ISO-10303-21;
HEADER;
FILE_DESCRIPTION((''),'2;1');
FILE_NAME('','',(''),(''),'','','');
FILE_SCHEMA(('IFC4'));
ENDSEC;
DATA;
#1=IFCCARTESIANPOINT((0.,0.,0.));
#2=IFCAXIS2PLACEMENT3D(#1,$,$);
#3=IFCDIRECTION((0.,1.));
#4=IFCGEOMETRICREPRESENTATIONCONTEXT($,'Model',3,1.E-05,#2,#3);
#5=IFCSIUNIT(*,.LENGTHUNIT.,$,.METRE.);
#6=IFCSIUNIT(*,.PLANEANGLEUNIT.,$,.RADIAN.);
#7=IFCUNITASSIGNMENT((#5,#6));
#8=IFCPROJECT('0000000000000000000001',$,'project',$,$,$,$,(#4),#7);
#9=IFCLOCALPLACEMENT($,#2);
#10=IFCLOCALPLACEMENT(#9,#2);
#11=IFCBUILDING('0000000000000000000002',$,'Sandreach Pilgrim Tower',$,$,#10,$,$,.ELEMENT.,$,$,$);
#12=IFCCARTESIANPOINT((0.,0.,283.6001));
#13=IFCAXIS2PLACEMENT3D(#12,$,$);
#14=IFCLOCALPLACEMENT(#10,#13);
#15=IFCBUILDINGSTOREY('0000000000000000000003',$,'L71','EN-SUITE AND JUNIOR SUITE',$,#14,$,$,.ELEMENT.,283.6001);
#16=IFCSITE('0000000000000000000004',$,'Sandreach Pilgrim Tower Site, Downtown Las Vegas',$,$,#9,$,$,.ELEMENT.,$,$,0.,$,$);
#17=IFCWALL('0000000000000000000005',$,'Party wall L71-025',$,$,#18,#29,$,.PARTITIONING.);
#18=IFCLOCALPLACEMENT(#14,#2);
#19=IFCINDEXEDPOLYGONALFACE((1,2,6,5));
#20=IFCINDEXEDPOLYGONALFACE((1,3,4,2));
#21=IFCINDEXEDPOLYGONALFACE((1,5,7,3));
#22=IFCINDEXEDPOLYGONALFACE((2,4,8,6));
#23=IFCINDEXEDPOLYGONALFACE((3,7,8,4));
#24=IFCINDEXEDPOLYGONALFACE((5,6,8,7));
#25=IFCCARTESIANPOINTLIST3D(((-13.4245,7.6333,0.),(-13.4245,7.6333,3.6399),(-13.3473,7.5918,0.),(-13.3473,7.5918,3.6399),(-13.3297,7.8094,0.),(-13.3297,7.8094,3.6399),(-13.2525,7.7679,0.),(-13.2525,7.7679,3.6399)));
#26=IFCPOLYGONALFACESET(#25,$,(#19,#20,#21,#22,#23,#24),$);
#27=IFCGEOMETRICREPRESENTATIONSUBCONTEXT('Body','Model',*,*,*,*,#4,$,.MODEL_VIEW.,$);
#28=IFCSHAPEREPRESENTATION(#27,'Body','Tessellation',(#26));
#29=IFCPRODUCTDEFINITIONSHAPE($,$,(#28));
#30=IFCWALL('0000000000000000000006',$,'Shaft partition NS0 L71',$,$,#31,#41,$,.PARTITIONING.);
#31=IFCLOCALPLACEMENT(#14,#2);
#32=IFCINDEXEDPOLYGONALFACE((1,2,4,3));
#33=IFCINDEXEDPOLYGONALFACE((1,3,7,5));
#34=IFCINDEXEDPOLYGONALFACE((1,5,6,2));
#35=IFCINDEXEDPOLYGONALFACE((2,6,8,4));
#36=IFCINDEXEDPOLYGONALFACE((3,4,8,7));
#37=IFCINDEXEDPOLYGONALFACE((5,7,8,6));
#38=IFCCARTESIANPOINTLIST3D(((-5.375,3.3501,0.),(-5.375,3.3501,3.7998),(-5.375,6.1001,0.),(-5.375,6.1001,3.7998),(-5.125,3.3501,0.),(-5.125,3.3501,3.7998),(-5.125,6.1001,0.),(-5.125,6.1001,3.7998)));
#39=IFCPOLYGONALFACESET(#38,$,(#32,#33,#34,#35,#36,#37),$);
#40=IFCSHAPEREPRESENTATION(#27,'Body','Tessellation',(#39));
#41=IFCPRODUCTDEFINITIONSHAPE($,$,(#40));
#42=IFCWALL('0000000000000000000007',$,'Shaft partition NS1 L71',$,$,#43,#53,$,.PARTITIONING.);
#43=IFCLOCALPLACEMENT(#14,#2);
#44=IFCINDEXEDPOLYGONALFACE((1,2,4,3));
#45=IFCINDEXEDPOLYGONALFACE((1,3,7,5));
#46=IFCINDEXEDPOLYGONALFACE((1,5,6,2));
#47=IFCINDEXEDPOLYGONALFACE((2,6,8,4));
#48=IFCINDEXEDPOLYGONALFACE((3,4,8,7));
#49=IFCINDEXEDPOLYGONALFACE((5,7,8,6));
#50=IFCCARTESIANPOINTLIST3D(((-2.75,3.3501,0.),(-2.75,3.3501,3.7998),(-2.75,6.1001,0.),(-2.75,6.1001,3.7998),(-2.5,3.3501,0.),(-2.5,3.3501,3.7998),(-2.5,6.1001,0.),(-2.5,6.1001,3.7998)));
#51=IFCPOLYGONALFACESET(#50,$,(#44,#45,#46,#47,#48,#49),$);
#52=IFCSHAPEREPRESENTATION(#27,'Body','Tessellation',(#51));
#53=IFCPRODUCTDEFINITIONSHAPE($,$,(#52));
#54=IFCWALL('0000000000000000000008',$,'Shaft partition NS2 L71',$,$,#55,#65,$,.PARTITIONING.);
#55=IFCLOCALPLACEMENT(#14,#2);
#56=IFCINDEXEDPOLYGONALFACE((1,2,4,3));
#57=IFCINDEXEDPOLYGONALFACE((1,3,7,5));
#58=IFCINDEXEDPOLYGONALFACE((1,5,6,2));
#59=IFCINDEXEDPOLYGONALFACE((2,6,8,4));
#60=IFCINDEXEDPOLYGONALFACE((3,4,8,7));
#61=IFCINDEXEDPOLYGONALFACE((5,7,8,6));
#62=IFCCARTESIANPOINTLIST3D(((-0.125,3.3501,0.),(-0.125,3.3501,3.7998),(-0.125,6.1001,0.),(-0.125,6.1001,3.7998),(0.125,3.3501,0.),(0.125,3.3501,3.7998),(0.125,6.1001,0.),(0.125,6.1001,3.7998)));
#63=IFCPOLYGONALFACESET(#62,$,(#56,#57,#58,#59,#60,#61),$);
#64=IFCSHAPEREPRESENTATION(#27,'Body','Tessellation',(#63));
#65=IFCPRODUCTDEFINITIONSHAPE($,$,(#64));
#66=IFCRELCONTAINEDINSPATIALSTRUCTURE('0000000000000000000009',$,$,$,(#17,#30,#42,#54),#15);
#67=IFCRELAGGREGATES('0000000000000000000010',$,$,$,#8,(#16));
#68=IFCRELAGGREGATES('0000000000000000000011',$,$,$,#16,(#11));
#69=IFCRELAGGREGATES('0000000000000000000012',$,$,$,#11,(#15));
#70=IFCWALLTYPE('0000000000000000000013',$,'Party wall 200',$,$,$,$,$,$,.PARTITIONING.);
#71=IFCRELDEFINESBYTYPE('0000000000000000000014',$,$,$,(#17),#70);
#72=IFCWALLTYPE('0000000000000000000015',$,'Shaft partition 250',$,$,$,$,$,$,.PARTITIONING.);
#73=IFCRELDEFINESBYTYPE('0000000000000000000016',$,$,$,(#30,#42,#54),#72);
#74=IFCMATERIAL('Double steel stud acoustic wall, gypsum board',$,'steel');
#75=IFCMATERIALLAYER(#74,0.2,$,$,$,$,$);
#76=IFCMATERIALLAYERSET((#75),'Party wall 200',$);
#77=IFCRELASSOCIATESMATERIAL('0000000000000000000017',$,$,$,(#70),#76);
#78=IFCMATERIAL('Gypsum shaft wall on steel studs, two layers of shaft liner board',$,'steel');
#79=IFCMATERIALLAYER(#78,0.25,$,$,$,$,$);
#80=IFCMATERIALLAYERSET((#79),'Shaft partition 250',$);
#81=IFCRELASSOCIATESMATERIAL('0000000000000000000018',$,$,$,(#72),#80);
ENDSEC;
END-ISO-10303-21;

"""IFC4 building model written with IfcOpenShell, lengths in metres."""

from ifc_helpers import new_model, si_unit, direction, frame, frame_2d, origin, place, context, subcontext, project, spatial, rectangle, extrude, material, layer, layer_set, type_object, element, save


model = new_model("IFC4")

# Units and contexts
model_context = context("Model", 3, precision=1e-05, world=origin(), true_north=direction((0.0, 1.0)))
body_context = subcontext(model_context, "Body", "Model", "MODEL_VIEW")
ifc_project = project(units=[si_unit("LENGTHUNIT", "METRE"), si_unit("PLANEANGLEUNIT", "RADIAN")], contexts=[model_context])

# Site, building, storey
site_placement = place(None, origin())
site = spatial("IfcSite", under=ifc_project, at=site_placement, Name="Sandreach Pilgrim Tower Site, Downtown Las Vegas", CompositionType="ELEMENT", RefElevation=0.0)
building_placement = place(site_placement, origin())
building = spatial("IfcBuilding", under=site, at=building_placement, Name="Sandreach Pilgrim Tower", CompositionType="ELEMENT")
storey_placement = place(building_placement, frame((0.0, 0.0, 283.6001)))
storey = spatial("IfcBuildingStorey", under=building, at=storey_placement, Name="L71", Description="EN-SUITE AND JUNIOR SUITE", CompositionType="ELEMENT", Elevation=283.6001)

# Walls
ifc_material_1 = material(Name="Double steel stud acoustic wall, gypsum board", Category="steel")
ifc_layer_1 = layer(ifc_material_1, 0.2)
ifc_layer_set_1 = layer_set([ifc_layer_1], Name="Party wall 200")
wall_type_1 = type_object("IfcWallType", Name="Party wall 200", PredefinedType="PARTITIONING", material=ifc_layer_set_1)
wall_1_placement = place(storey_placement, frame((-13.3772, 7.7214, 0.0), z_axis=(0.0, 0.0, 1.0), x_axis=(0.88065, -0.473767, 0.0)))
element("IfcWall", 1, at=wall_1_placement, inside=storey, type_object=wall_type_1, Name="Party wall L71-025", PredefinedType="PARTITIONING", context=body_context, shape_type="SweptSolid", body=[
    extrude(rectangle(XDim=0.0876, YDim=0.2, at=frame_2d((0.0439, 0.0))), origin(), (0.0, 0.0, 1.0), 3.6399),
])
ifc_material_2 = material(Name="Gypsum shaft wall on steel studs, two layers of shaft liner board", Category="steel")
ifc_layer_2 = layer(ifc_material_2, 0.25)
ifc_layer_set_2 = layer_set([ifc_layer_2], Name="Shaft partition 250")
wall_type_2 = type_object("IfcWallType", Name="Shaft partition 250", PredefinedType="PARTITIONING", material=ifc_layer_set_2)
for number, where, z_axis, x_axis, name in (
    (2, (-5.25, 3.3501, 0.0), (0.0, 0.0, 1.0), (0.0, 1.0, 0.0), "Shaft partition NS0 L71"),
    (3, (-2.625, 3.3501, 0.0), (0.0, 0.0, 1.0), (0.0, 1.0, 0.0), "Shaft partition NS1 L71"),
    (4, (0.0, 3.3501, 0.0), (0.0, 0.0, 1.0), (0.0, 1.0, 0.0), "Shaft partition NS2 L71"),
):
    element("IfcWall", number, at=place(storey_placement, frame(where, z_axis=z_axis, x_axis=x_axis)), inside=storey, type_object=wall_type_2, Name=name, PredefinedType="PARTITIONING", context=body_context, shape_type="SweptSolid", body=[
        extrude(rectangle(XDim=2.75, YDim=0.25, at=frame_2d((1.375, 0.0))), origin(), (0.0, 0.0, 1.0), 3.7998),
    ])

save(model, "model.ifc")
